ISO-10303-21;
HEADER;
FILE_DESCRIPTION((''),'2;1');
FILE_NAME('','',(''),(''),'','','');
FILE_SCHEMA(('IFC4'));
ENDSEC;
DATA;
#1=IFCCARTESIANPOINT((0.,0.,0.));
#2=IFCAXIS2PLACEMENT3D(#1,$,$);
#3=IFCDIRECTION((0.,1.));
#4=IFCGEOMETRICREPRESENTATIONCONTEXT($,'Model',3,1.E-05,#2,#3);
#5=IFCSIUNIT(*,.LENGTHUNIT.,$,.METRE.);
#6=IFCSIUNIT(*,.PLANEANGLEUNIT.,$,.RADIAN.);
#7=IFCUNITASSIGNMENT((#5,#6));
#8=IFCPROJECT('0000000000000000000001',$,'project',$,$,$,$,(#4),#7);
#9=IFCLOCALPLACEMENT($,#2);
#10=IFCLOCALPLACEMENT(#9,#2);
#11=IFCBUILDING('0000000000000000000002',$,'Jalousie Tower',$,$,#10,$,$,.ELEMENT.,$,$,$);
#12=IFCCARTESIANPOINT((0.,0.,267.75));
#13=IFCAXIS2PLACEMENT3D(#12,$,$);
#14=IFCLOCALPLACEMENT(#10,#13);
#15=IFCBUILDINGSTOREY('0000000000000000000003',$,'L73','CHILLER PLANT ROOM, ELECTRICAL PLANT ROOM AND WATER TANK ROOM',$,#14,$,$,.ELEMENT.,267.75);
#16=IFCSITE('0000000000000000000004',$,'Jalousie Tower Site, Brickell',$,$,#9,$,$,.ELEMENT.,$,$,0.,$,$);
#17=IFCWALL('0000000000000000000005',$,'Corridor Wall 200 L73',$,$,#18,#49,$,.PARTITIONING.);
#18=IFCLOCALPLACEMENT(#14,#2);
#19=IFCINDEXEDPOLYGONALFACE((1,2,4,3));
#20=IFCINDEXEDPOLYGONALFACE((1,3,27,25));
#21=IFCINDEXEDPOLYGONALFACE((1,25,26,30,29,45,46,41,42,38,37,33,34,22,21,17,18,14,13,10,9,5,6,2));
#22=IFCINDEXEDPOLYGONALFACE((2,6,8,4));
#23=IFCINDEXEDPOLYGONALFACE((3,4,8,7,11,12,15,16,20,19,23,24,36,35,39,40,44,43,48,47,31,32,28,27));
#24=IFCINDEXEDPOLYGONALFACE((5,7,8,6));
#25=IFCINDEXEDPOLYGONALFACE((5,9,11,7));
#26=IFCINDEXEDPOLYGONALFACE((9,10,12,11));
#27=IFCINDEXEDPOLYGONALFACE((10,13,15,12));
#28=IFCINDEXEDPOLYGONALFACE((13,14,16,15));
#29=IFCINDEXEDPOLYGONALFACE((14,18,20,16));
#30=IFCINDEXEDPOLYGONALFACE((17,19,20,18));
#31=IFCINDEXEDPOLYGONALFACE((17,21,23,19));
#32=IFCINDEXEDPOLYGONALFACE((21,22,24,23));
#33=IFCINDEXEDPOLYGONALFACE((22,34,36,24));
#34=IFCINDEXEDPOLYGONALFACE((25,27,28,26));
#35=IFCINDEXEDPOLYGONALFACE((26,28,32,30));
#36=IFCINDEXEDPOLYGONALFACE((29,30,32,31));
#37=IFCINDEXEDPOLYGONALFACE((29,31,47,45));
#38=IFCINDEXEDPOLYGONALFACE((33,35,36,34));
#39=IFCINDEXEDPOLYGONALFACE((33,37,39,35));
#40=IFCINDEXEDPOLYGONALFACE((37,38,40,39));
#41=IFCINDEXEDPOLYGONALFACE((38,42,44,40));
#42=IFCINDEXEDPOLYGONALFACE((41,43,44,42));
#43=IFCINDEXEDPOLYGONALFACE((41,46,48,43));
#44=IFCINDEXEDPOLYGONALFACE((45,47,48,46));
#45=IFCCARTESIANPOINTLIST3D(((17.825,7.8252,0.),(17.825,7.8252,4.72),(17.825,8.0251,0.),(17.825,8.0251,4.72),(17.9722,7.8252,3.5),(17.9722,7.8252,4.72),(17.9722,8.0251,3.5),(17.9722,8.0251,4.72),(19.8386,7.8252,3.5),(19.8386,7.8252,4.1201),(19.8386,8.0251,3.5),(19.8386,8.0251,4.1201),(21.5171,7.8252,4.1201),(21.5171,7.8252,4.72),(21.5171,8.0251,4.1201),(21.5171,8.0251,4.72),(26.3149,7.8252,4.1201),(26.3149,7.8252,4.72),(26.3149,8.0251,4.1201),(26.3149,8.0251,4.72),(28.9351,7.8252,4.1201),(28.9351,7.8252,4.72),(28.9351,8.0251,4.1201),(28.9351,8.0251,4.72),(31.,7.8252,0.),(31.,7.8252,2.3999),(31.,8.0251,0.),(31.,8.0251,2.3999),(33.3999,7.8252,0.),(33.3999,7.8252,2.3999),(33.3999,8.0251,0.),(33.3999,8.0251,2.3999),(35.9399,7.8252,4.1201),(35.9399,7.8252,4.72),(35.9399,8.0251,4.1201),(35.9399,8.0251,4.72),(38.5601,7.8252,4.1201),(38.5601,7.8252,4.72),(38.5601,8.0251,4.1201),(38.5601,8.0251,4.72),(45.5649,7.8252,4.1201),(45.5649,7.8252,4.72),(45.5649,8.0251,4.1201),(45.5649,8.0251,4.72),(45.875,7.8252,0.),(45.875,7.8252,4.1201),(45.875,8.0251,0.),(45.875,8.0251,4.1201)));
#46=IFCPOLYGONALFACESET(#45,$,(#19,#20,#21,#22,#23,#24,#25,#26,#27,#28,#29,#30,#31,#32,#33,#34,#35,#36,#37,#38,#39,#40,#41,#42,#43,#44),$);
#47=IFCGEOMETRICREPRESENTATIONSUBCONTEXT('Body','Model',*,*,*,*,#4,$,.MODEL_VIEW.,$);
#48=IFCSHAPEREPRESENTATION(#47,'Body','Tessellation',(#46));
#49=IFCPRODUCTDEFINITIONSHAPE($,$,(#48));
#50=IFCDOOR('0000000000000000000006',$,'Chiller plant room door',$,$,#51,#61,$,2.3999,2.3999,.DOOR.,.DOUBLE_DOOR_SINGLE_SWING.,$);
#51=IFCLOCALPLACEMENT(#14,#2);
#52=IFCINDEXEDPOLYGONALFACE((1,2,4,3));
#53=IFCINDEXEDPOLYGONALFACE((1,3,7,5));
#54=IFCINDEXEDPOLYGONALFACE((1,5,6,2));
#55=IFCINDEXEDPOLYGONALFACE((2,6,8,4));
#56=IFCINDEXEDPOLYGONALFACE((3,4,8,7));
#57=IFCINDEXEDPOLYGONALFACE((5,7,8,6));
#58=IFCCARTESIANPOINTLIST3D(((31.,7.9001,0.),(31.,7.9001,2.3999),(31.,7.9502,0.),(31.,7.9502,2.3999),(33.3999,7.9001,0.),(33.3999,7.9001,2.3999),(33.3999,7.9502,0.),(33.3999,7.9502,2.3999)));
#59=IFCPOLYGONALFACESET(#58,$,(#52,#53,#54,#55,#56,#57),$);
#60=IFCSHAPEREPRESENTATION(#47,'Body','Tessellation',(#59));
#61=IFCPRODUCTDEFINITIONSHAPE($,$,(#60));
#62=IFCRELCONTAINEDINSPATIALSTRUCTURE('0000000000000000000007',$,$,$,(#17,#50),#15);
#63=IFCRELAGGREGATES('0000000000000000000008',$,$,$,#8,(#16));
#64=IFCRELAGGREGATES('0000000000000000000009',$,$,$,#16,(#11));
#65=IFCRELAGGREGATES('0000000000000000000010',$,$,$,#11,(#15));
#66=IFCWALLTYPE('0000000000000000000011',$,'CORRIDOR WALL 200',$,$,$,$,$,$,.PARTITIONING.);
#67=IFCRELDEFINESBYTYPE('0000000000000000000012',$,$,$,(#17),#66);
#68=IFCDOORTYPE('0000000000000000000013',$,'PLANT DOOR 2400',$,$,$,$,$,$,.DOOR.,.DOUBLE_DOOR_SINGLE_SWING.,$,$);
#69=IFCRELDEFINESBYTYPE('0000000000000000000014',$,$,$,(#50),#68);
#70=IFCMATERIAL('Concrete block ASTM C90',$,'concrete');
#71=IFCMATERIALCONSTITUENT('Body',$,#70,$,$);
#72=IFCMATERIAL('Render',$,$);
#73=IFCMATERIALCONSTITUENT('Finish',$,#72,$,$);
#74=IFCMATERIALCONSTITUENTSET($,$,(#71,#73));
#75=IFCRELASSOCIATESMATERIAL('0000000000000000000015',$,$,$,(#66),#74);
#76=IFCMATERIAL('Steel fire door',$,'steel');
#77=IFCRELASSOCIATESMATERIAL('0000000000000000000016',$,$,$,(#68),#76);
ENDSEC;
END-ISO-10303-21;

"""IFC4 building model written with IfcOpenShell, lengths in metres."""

from ifc_helpers import new_model, si_unit, direction, frame, frame_2d, origin, place, context, subcontext, project, spatial, polyline, rectangle, outline, extrude, material, constituent, constituent_set, type_object, element, fill, save


model = new_model("IFC4")

# Units and contexts
model_context = context("Model", 3, precision=1e-05, world=origin(), true_north=direction((0.0, 1.0)))
body_context = subcontext(model_context, "Body", "Model", "MODEL_VIEW")
ifc_project = project(units=[si_unit("LENGTHUNIT", "METRE"), si_unit("PLANEANGLEUNIT", "RADIAN")], contexts=[model_context])

# Site, building, storey
site_placement = place(None, origin())
site = spatial("IfcSite", under=ifc_project, at=site_placement, Name="Jalousie Tower Site, Brickell", CompositionType="ELEMENT", RefElevation=0.0)
building_placement = place(site_placement, origin())
building = spatial("IfcBuilding", under=site, at=building_placement, Name="Jalousie Tower", CompositionType="ELEMENT")
storey_placement = place(building_placement, frame((0.0, 0.0, 267.75)))
storey = spatial("IfcBuildingStorey", under=building, at=storey_placement, Name="L73", Description="CHILLER PLANT ROOM, ELECTRICAL PLANT ROOM AND WATER TANK ROOM", CompositionType="ELEMENT", Elevation=267.75)

# Wall, opening, door
ifc_material_1 = material(Name="Concrete block ASTM C90", Category="concrete")
ifc_constituent_1 = constituent(ifc_material_1, Name="Body")
ifc_material_2 = material(Name="Render")
ifc_constituent_2 = constituent(ifc_material_2, Name="Finish")
ifc_constituent_set = constituent_set(constituents=[ifc_constituent_1, ifc_constituent_2])
wall_type_1 = type_object("IfcWallType", Name="CORRIDOR WALL 200", PredefinedType="PARTITIONING", material=ifc_constituent_set)
wall_1_placement = place(storey_placement, frame((17.825, 7.925, 0.0), z_axis=(0.0, 0.0, 1.0), x_axis=(1.0, 0.0, 0.0)))
wall_1 = element("IfcWall", 1, at=wall_1_placement, inside=storey, type_object=wall_type_1, Name="Corridor Wall 200 L73", PredefinedType="PARTITIONING", context=body_context, shape_type="SweptSolid", body=[
    extrude(outline(polyline([(0.0, 0.0), (28.05, 0.0), (28.05, 4.72), (28.05, 4.1201), (27.74, 4.1201), (27.74, 4.72), (20.7351, 4.72), (20.7351, 4.1201), (18.115, 4.1201), (18.115, 4.72), (11.1101, 4.72), (11.1101, 4.1201), (8.49, 4.1201), (8.49, 4.72), (3.6921, 4.72), (3.6921, 4.1201), (2.0137, 4.1201), (2.0137, 3.5), (0.1472, 3.5), (0.1472, 4.72), (0.0, 4.72), (0.0, 0.0)])), frame((0.0, 0.1001, 0.0), z_axis=(0.0, -1.0, 0.0), x_axis=(1.0, 0.0, 0.0)), (0.0, 0.0, 1.0), 0.2),
])
opening_1_placement = place(wall_1_placement, frame((13.175, 0.0, 0.0)))
opening_1 = element("IfcOpeningElement", 2, at=opening_1_placement, cuts=wall_1, PredefinedType="OPENING", context=body_context, shape_type="SweptSolid", body=[
    extrude(rectangle(XDim=2.3999, YDim=2.3999, at=frame_2d((1.2, 1.2))), frame((0.0, 0.1099, 0.0), z_axis=(0.0, -1.0, 0.0), x_axis=(1.0, 0.0, 0.0)), (0.0, 0.0, 1.0), 0.22),
])
ifc_material_3 = material(Name="Steel fire door", Category="steel")
door_type_1 = type_object("IfcDoorType", Name="PLANT DOOR 2400", OperationType="DOUBLE_DOOR_SINGLE_SWING", PredefinedType="DOOR", material=ifc_material_3)
door_1_placement = place(opening_1_placement, frame((2.3999, 0.0, 0.0), z_axis=(0.0, 0.0, 1.0), x_axis=(-1.0, 0.0, 0.0)))
door_1 = element("IfcDoor", 3, at=door_1_placement, inside=storey, type_object=door_type_1, Name="Chiller plant room door", OperationType="DOUBLE_DOOR_SINGLE_SWING", OverallHeight=2.3999, OverallWidth=2.3999, PredefinedType="DOOR", context=body_context, shape_type="SweptSolid", body=[
    extrude(rectangle(XDim=2.3999, YDim=2.3999, at=frame_2d((1.2, 1.2))), frame((0.0, 0.0249, 0.0), z_axis=(0.0, -1.0, 0.0), x_axis=(1.0, 0.0, 0.0)), (0.0, 0.0, 1.0), 0.05),
])
fill(opening_1, door_1)

save(model, "model.ifc")
